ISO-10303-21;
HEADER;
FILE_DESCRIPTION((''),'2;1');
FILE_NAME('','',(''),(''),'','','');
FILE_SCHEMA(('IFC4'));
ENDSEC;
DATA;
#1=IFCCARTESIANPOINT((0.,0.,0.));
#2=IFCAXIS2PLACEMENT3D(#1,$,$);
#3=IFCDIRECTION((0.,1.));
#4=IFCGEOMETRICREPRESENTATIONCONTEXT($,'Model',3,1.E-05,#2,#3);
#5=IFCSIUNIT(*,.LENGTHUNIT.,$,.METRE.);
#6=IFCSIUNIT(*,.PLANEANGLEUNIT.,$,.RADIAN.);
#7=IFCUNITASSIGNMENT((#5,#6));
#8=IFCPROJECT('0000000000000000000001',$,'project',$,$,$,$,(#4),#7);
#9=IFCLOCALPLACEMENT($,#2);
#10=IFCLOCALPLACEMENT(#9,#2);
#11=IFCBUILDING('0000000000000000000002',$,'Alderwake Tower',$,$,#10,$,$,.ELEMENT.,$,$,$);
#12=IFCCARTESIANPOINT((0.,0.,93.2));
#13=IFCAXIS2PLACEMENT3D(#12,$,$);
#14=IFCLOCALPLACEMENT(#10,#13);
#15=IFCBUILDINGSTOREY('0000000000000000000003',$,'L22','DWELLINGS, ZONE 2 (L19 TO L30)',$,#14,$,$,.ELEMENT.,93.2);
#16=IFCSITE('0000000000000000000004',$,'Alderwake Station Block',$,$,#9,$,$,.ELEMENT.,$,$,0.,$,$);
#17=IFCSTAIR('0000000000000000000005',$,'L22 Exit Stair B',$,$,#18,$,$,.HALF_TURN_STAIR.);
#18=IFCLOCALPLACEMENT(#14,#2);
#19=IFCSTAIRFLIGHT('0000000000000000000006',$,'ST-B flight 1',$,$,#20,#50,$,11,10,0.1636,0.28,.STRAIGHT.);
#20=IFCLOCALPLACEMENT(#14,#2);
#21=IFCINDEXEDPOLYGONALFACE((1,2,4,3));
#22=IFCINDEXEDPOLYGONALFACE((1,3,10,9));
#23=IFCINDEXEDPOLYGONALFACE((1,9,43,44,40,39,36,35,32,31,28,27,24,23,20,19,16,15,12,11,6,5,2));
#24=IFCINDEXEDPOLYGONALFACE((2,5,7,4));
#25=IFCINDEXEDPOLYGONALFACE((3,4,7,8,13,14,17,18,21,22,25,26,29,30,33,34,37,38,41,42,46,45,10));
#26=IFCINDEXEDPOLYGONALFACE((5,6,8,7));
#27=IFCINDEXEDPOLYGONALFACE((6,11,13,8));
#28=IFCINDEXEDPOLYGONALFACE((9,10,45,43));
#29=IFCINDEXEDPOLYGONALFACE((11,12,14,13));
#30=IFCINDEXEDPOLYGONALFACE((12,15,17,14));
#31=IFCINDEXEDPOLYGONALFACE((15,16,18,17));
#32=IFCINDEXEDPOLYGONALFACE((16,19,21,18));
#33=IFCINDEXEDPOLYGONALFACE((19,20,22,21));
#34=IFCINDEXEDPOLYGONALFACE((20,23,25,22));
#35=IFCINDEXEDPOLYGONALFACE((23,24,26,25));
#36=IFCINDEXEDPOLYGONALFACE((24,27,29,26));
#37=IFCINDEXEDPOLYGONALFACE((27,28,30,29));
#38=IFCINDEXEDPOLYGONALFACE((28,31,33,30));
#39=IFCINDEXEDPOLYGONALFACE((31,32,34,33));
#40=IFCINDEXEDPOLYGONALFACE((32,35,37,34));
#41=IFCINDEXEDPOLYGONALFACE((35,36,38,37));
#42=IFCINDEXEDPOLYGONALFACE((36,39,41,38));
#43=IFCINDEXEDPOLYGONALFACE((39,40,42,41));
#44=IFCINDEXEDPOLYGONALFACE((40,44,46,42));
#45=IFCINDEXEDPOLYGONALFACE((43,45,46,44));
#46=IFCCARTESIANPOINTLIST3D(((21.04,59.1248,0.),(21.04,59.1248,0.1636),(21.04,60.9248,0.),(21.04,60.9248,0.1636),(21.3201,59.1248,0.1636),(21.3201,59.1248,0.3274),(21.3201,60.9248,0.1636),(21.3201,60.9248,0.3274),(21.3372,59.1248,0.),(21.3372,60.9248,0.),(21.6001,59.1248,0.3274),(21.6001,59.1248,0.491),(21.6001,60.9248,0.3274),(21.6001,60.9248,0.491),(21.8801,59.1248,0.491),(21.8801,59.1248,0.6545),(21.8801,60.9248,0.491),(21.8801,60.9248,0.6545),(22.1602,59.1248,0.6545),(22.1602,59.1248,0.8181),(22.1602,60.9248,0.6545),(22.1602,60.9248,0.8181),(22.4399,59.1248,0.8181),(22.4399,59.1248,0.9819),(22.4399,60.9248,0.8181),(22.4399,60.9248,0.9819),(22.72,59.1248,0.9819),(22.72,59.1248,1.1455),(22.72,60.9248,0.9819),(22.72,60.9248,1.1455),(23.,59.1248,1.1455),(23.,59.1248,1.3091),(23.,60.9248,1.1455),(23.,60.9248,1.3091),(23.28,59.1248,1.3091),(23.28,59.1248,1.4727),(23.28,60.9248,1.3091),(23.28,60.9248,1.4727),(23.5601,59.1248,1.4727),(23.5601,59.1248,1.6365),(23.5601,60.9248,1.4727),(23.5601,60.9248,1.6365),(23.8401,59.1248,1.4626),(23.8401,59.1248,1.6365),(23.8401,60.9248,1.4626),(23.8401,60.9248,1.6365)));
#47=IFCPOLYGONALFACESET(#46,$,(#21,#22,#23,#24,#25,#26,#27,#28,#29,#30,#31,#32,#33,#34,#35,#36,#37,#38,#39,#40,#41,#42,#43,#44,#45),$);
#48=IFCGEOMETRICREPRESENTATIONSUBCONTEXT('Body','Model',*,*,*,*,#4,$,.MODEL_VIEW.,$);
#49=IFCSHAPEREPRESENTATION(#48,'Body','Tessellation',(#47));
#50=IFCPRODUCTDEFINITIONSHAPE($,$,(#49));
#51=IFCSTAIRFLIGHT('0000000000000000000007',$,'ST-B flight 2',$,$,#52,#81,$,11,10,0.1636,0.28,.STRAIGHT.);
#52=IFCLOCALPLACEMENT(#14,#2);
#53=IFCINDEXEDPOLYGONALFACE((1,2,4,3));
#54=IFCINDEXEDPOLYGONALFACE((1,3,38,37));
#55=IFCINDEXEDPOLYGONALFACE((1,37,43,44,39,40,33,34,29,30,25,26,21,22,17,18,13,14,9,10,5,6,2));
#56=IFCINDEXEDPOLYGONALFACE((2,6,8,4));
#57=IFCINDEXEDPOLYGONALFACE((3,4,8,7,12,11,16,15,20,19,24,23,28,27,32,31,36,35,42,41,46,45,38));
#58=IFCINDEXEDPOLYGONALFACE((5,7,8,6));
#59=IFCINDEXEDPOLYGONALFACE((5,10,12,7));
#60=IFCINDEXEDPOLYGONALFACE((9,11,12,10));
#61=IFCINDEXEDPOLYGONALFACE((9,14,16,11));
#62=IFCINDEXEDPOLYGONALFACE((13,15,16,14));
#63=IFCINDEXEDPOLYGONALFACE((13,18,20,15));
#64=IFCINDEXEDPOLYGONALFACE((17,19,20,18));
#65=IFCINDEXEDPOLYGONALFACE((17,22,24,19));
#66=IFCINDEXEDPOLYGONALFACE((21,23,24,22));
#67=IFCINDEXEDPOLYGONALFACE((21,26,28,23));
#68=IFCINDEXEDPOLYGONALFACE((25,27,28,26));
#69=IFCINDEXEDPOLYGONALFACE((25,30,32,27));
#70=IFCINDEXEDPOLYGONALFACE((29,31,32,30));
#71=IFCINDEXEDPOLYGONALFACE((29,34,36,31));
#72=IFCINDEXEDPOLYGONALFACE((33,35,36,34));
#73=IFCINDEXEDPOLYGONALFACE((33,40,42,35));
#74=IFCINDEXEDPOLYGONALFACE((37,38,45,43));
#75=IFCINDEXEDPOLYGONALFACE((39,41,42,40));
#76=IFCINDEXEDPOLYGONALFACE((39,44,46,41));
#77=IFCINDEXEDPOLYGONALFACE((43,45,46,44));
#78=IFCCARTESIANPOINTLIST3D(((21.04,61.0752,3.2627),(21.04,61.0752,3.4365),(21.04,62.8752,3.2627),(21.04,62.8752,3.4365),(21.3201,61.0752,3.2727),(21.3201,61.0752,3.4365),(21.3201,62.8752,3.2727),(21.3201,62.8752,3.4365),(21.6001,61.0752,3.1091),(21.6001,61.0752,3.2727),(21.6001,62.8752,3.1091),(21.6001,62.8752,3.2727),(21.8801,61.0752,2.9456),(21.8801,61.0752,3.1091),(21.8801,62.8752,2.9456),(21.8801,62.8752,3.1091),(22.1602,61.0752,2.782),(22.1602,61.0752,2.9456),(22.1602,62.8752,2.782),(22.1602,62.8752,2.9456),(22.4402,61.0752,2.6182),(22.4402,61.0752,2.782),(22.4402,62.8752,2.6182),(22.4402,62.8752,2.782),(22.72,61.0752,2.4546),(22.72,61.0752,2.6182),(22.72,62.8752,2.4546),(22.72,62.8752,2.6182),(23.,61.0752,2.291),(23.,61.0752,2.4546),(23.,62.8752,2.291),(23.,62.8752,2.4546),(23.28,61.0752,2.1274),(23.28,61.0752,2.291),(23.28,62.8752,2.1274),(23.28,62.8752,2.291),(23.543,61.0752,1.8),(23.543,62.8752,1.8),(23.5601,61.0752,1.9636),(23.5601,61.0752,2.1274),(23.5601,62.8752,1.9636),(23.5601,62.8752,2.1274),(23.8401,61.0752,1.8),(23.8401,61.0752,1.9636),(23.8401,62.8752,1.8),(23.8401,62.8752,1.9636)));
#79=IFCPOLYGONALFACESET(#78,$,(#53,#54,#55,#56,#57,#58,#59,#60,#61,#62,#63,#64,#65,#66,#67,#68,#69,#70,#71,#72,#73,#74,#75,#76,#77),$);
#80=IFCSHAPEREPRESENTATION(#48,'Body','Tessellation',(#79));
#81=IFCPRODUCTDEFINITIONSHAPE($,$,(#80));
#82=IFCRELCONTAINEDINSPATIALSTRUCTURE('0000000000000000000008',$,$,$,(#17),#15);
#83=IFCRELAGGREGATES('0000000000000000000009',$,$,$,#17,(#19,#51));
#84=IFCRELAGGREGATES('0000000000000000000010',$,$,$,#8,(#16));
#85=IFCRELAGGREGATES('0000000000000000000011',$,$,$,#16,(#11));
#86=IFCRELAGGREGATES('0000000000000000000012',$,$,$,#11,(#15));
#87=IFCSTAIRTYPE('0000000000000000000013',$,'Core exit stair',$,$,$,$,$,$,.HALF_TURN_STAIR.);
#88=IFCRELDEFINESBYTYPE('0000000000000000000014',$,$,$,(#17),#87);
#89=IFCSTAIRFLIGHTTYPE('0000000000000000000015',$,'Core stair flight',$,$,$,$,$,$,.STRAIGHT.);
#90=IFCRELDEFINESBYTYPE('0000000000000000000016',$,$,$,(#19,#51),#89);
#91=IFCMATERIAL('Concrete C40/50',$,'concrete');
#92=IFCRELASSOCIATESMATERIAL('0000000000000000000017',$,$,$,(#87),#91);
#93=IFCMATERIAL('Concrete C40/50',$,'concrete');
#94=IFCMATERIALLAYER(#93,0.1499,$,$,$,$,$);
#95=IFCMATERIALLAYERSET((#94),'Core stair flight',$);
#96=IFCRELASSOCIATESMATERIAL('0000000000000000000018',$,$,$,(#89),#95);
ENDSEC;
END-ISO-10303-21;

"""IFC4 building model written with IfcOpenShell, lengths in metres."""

from ifc_helpers import new_model, si_unit, direction, frame, origin, place, context, subcontext, project, spatial, polyline, outline, extrude, material, layer, layer_set, type_object, element, aggregate, save


model = new_model("IFC4")

# Units and contexts
model_context = context("Model", 3, precision=1e-05, world=origin(), true_north=direction((0.0, 1.0)))
body_context = subcontext(model_context, "Body", "Model", "MODEL_VIEW")
ifc_project = project(units=[si_unit("LENGTHUNIT", "METRE"), si_unit("PLANEANGLEUNIT", "RADIAN")], contexts=[model_context])

# Site, building, storey
site_placement = place(None, origin())
site = spatial("IfcSite", under=ifc_project, at=site_placement, Name="Alderwake Station Block", CompositionType="ELEMENT", RefElevation=0.0)
building_placement = place(site_placement, origin())
building = spatial("IfcBuilding", under=site, at=building_placement, Name="Alderwake Tower", CompositionType="ELEMENT")
storey_placement = place(building_placement, frame((0.0, 0.0, 93.2)))
storey = spatial("IfcBuildingStorey", under=building, at=storey_placement, Name="L22", Description="DWELLINGS, ZONE 2 (L19 TO L30)", CompositionType="ELEMENT", Elevation=93.2)

# Stair, stair flights
ifc_material_1 = material(Name="Concrete C40/50", Category="concrete")
stair_type = type_object("IfcStairType", Name="Core exit stair", PredefinedType="HALF_TURN_STAIR", material=ifc_material_1)
stair_placement = place(storey_placement, origin())
stair = element("IfcStair", 1, at=stair_placement, inside=storey, type_object=stair_type, Name="L22 Exit Stair B", PredefinedType="HALF_TURN_STAIR")
ifc_material_2 = material(Name="Concrete C40/50", Category="concrete")
ifc_layer_1 = layer(ifc_material_2, 0.1499)
ifc_layer_set_1 = layer_set([ifc_layer_1], Name="Core stair flight")
stair_flight_type = type_object("IfcStairFlightType", Name="Core stair flight", PredefinedType="STRAIGHT", material=ifc_layer_set_1)
stair_flight_1_placement = place(storey_placement, frame((21.04, 60.0249, 0.0), z_axis=(0.0, 0.0, 1.0), x_axis=(1.0, 0.0, 0.0)))
stair_flight_1 = element("IfcStairFlight", 2, at=stair_flight_1_placement, type_object=stair_flight_type, Name="ST-B flight 1", NumberOfRisers=11, NumberOfTreads=10, PredefinedType="STRAIGHT", RiserHeight=0.1636, TreadLength=0.28, context=body_context, shape_type="SweptSolid", body=[
    extrude(outline(polyline([(0.0, 0.0), (0.0, 0.1636), (0.28, 0.1636), (0.28, 0.3274), (0.5601, 0.3274), (0.5601, 0.491), (0.8401, 0.491), (0.8401, 0.6545), (1.1201, 0.6545), (1.1201, 0.8181), (1.3999, 0.8181), (1.3999, 0.9819), (1.6799, 0.9819), (1.6799, 1.1455), (1.96, 1.1455), (1.96, 1.3091), (2.24, 1.3091), (2.24, 1.4727), (2.52, 1.4727), (2.52, 1.6365), (2.8, 1.6365), (2.8, 1.8), (2.8, 1.4626), (0.2971, 0.0), (0.0, 0.0)])), frame((0.0, 0.8999, 0.0), z_axis=(0.0, -1.0, 0.0), x_axis=(1.0, 0.0, 0.0)), (0.0, 0.0, 1.0), 1.8),
])
stair_flight_2_placement = place(storey_placement, frame((23.8401, 61.9751, 1.8), z_axis=(0.0, 0.0, 1.0), x_axis=(-1.0, 0.0, 0.0)))
stair_flight_2 = element("IfcStairFlight", 3, at=stair_flight_2_placement, type_object=stair_flight_type, Name="ST-B flight 2", NumberOfRisers=11, NumberOfTreads=10, PredefinedType="STRAIGHT", RiserHeight=0.1636, TreadLength=0.28, context=body_context, shape_type="SweptSolid", body=[
    extrude(outline(polyline([(0.0, 0.0), (0.0, 0.1636), (0.28, 0.1636), (0.28, 0.3274), (0.5601, 0.3274), (0.5601, 0.491), (0.8401, 0.491), (0.8401, 0.6545), (1.1201, 0.6545), (1.1201, 0.8181), (1.3999, 0.8181), (1.3999, 0.9819), (1.6799, 0.9819), (1.6799, 1.1455), (1.96, 1.1455), (1.96, 1.3091), (2.24, 1.3091), (2.24, 1.4727), (2.52, 1.4727), (2.52, 1.6365), (2.8, 1.6365), (2.8, 1.8), (2.8, 1.4626), (0.2971, 0.0), (0.0, 0.0)])), frame((0.0, 0.8999, 0.0), z_axis=(0.0, -1.0, 0.0), x_axis=(1.0, 0.0, 0.0)), (0.0, 0.0, 1.0), 1.8),
])
aggregate(stair, [stair_flight_1, stair_flight_2])

save(model, "model.ifc")
